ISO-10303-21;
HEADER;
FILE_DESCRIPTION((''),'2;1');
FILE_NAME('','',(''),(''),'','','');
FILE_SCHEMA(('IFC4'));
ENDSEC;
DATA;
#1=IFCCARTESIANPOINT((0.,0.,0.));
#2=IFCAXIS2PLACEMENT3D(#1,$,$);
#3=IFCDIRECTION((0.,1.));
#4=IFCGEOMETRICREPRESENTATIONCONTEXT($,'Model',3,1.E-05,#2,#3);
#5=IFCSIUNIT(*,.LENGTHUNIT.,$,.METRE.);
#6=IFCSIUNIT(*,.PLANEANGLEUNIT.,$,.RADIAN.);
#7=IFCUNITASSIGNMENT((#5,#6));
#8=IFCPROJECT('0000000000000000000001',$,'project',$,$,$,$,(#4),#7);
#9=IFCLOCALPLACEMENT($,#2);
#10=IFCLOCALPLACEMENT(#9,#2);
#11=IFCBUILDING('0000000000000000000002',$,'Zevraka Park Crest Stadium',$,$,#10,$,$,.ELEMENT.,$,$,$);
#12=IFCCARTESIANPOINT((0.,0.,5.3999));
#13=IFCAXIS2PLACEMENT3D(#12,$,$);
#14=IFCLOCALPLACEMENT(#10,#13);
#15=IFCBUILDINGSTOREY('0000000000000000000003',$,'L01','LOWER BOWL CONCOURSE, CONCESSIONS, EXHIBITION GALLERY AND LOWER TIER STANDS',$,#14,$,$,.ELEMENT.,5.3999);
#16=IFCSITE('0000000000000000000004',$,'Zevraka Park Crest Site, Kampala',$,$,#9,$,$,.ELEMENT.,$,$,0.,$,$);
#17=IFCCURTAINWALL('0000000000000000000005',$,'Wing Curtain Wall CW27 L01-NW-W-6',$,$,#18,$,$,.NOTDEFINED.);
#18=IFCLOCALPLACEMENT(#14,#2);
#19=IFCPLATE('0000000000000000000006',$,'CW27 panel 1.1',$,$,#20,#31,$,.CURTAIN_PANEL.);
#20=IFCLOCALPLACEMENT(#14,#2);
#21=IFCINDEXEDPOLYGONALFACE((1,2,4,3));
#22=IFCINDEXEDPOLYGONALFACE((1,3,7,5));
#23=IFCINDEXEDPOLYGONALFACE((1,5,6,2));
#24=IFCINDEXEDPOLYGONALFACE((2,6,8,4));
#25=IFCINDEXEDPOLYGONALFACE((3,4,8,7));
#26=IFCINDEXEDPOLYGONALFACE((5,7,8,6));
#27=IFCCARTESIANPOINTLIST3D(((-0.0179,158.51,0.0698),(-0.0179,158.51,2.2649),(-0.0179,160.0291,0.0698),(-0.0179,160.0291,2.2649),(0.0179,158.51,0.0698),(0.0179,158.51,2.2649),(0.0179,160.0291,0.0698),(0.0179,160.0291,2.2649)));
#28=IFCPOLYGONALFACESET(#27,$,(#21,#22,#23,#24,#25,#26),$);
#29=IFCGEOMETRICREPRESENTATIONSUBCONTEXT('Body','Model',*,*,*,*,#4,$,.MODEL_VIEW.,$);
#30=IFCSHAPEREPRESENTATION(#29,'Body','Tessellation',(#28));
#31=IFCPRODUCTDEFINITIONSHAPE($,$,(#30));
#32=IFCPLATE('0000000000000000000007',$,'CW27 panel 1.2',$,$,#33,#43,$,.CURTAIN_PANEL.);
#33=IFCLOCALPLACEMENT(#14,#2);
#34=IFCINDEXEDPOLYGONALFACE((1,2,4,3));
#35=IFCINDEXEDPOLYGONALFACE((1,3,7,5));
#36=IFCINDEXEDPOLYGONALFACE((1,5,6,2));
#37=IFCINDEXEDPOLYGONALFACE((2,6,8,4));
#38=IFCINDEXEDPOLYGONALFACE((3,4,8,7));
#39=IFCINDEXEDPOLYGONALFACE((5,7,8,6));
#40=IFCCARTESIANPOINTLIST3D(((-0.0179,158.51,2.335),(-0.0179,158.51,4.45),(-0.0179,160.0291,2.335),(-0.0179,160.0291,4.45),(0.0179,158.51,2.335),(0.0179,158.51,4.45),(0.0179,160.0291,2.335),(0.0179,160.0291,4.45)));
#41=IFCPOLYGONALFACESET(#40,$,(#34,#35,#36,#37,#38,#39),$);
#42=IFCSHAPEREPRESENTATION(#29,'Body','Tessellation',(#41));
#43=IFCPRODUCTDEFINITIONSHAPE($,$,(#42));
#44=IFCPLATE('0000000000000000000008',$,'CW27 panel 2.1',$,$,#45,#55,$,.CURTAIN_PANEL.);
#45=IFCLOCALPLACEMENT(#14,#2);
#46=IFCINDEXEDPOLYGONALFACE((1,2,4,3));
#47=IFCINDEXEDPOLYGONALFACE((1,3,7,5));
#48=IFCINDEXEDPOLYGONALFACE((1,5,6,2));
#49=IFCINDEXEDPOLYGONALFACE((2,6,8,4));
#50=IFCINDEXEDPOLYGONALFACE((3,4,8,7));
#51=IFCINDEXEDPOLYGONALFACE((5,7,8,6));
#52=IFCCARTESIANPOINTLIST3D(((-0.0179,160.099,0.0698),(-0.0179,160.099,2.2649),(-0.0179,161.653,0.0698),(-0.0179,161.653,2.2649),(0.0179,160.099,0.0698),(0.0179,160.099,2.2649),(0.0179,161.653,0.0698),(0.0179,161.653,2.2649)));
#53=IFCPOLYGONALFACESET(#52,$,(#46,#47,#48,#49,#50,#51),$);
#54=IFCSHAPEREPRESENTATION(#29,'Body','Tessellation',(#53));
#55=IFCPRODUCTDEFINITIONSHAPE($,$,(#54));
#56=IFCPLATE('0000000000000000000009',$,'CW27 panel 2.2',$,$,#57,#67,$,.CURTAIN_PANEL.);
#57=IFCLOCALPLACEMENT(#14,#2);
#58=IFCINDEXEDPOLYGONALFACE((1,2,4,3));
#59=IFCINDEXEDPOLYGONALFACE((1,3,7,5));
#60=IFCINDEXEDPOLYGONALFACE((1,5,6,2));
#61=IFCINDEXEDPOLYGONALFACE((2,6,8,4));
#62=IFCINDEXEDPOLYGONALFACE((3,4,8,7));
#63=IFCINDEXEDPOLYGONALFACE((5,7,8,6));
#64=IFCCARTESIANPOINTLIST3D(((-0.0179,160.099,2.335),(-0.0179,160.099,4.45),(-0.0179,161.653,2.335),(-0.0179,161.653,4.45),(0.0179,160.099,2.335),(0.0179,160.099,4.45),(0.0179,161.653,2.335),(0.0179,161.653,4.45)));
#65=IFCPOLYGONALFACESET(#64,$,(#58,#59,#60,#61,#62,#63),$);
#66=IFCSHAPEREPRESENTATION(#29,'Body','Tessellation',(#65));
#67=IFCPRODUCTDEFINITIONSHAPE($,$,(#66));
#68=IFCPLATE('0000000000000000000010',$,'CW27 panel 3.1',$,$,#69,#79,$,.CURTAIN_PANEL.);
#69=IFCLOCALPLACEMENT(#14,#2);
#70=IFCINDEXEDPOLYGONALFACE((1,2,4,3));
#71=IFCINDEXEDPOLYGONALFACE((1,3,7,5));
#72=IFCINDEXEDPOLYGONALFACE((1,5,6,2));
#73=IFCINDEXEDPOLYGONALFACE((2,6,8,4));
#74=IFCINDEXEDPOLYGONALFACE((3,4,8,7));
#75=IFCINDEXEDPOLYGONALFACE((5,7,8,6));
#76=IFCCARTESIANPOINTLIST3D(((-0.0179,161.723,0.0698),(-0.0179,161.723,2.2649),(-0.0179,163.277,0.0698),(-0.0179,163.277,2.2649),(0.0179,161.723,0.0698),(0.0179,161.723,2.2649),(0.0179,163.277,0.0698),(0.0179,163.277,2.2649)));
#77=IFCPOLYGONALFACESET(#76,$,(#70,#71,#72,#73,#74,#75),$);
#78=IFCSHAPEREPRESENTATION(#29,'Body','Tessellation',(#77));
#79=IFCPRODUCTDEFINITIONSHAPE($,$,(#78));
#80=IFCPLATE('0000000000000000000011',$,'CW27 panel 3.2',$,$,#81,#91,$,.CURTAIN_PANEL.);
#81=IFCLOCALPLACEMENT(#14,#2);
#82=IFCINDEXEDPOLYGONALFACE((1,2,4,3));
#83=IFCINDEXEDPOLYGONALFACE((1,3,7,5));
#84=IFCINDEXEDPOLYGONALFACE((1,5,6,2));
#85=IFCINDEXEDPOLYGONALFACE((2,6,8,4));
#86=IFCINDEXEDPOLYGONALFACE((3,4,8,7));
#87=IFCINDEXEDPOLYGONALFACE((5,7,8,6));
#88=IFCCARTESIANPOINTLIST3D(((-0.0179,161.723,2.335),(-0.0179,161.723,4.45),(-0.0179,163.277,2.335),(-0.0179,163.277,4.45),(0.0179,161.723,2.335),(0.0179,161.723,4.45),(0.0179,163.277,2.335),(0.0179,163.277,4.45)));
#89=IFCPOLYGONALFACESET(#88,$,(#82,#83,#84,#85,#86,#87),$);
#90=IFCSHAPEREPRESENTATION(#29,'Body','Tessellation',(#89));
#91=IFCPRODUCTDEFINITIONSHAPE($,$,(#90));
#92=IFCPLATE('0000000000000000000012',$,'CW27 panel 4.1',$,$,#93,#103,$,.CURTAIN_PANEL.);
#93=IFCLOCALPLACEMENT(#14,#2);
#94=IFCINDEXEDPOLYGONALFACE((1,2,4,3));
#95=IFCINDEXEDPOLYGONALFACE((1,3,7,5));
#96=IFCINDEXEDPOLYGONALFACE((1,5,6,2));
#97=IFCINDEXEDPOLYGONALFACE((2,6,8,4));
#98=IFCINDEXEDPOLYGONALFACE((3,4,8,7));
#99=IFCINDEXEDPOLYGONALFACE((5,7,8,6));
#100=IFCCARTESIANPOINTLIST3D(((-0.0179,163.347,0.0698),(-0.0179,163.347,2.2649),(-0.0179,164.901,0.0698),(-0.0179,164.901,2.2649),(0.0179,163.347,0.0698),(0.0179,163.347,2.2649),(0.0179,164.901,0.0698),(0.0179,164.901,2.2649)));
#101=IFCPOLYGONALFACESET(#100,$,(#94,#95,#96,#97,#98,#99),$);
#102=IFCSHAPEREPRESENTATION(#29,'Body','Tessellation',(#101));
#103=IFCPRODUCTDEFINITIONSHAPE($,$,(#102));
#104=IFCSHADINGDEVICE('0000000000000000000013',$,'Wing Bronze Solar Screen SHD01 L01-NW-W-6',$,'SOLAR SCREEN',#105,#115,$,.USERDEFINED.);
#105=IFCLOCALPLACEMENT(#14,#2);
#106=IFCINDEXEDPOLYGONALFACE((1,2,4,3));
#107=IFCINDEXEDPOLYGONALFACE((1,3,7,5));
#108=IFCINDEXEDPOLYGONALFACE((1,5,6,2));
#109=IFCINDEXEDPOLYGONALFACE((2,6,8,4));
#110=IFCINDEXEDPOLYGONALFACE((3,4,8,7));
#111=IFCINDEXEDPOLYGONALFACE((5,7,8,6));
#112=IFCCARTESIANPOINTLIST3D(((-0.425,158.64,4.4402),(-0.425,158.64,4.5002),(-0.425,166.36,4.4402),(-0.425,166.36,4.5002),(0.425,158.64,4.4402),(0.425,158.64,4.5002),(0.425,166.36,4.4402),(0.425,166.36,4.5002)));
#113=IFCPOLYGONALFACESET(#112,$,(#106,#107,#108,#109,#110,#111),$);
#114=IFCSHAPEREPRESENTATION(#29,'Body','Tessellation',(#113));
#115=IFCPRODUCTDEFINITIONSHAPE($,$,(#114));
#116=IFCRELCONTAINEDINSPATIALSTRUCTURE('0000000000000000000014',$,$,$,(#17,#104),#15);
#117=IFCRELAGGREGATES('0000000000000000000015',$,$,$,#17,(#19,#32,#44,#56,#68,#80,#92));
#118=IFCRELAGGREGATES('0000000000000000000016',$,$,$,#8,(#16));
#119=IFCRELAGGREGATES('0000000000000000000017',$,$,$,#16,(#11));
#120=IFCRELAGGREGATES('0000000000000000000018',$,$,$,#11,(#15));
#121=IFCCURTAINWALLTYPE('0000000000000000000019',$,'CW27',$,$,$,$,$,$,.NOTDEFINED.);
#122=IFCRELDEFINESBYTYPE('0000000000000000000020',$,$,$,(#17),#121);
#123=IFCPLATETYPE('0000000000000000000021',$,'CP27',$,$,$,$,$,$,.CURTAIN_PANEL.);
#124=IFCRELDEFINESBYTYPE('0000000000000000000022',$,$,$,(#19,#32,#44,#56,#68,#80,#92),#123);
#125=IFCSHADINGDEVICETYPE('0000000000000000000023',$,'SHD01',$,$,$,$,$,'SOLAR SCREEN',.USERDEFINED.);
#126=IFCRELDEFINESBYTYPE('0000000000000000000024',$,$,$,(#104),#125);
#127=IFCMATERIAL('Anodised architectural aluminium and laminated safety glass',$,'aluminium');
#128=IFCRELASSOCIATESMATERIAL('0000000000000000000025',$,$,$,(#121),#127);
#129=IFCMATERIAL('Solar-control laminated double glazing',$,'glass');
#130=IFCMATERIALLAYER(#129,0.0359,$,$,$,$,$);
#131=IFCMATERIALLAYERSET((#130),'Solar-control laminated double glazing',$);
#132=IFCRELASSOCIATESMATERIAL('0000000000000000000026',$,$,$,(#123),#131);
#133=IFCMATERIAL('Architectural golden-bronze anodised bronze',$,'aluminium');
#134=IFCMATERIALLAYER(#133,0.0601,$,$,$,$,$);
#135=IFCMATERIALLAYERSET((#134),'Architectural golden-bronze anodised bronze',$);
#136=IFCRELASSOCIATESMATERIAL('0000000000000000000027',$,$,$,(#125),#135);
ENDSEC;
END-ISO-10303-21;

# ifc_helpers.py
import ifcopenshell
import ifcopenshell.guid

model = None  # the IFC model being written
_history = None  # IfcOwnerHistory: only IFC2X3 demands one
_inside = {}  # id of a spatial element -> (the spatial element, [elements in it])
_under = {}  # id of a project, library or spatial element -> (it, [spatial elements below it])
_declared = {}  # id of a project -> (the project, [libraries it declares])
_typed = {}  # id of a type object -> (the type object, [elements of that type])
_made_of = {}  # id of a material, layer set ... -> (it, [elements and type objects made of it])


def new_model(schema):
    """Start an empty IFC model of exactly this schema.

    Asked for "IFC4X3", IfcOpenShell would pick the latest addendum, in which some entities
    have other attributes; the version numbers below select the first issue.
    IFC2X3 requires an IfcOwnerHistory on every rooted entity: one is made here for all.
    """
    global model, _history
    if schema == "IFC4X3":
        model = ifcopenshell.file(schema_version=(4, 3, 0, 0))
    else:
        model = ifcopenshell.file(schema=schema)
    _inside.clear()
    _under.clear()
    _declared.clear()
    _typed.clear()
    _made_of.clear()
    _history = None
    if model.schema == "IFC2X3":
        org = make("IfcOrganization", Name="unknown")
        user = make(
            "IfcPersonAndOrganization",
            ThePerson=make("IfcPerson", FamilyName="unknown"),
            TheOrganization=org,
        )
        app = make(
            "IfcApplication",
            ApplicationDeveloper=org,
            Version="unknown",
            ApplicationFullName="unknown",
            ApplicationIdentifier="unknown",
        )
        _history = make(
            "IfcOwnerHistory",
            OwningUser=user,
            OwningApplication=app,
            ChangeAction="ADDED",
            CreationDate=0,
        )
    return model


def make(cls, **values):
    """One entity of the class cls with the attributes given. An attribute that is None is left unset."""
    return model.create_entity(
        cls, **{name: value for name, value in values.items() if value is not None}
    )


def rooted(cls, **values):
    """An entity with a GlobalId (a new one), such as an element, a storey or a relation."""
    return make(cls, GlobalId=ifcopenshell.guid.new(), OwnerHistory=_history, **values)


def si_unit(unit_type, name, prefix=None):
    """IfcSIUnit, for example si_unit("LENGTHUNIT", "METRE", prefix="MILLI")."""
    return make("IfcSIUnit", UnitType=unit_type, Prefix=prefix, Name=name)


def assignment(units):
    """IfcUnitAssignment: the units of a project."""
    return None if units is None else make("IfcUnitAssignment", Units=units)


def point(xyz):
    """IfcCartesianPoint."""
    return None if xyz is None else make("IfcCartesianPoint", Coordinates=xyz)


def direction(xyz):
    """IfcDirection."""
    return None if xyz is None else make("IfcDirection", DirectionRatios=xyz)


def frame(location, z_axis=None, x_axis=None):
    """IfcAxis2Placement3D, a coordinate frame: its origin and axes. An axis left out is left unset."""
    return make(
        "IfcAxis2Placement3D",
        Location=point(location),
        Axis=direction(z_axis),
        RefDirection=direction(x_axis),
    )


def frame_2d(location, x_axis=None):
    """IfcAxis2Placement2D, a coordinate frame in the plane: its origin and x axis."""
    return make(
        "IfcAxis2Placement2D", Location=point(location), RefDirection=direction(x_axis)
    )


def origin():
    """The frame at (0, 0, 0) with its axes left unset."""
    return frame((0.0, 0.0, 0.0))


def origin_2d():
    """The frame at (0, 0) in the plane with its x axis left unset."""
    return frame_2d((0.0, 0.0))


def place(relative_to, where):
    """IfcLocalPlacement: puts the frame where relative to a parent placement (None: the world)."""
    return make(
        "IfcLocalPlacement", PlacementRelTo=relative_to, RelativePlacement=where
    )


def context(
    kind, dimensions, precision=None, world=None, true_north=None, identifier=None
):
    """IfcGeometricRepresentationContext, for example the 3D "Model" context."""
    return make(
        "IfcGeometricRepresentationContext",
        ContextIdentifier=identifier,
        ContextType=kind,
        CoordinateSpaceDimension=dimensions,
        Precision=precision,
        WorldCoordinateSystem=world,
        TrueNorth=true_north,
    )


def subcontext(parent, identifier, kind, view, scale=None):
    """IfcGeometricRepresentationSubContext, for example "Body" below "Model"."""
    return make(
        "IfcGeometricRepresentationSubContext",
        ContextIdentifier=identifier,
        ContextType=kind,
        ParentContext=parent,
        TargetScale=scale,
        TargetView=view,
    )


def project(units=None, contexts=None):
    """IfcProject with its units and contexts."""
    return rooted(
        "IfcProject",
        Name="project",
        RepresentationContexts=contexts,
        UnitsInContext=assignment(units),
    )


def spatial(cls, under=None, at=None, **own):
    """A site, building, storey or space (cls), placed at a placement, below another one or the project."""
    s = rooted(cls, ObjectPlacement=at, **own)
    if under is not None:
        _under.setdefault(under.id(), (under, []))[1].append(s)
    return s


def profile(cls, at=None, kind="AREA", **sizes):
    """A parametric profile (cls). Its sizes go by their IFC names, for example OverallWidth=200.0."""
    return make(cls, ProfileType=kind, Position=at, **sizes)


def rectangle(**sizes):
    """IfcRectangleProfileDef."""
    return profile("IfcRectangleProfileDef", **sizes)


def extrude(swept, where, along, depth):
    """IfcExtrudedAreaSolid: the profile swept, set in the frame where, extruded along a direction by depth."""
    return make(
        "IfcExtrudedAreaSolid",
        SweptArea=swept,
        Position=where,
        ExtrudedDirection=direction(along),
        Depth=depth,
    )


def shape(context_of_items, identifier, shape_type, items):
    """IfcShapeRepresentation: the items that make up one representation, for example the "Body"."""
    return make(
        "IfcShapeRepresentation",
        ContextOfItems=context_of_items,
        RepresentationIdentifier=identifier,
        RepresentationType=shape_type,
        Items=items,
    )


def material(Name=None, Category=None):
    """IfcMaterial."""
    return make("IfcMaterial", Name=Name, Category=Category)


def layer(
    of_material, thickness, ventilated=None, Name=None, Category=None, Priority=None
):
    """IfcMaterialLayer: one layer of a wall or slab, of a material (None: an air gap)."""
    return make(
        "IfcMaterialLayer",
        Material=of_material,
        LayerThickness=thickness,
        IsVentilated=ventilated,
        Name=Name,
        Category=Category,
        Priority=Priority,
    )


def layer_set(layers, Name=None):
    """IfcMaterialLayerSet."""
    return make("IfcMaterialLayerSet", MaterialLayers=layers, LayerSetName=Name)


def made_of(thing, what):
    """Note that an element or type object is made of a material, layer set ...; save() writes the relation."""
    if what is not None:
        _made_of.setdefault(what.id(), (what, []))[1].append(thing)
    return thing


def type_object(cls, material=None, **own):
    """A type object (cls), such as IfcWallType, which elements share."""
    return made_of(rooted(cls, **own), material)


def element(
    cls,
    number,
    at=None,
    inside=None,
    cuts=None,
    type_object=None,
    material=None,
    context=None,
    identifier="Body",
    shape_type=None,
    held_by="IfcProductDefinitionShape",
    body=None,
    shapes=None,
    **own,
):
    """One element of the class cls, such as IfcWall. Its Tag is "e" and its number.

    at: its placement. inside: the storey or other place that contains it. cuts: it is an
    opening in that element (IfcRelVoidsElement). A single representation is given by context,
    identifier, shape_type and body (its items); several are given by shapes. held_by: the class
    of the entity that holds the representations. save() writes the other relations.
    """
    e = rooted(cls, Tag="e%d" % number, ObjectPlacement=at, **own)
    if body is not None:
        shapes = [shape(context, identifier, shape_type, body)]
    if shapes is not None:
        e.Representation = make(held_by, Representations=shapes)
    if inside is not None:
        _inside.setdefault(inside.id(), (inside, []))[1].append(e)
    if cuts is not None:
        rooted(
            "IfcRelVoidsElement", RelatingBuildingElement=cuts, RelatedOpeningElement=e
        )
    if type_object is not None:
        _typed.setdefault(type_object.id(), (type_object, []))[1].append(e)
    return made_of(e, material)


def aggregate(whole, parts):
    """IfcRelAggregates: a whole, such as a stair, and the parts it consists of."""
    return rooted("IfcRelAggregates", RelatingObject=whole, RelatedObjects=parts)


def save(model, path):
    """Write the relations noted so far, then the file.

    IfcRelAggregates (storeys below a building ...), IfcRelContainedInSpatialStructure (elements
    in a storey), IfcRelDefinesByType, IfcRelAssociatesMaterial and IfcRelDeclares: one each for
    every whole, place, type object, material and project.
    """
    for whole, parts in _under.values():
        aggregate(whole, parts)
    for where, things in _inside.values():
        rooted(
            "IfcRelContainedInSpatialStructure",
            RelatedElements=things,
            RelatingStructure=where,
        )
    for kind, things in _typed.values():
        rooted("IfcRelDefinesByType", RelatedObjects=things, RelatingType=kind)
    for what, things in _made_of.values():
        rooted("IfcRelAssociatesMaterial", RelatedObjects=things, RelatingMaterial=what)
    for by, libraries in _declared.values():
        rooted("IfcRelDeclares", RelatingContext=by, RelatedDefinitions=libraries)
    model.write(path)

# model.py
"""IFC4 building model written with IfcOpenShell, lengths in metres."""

from ifc_helpers import new_model, si_unit, direction, frame, origin, origin_2d, place, context, subcontext, project, spatial, rectangle, extrude, material, layer, layer_set, type_object, element, aggregate, save


model = new_model("IFC4")

# Units and contexts
model_context = context("Model", 3, precision=1e-05, world=origin(), true_north=direction((0.0, 1.0)))
body_context = subcontext(model_context, "Body", "Model", "MODEL_VIEW")
ifc_project = project(units=[si_unit("LENGTHUNIT", "METRE"), si_unit("PLANEANGLEUNIT", "RADIAN")], contexts=[model_context])

# Site, building, storey
site_placement = place(None, origin())
site = spatial("IfcSite", under=ifc_project, at=site_placement, Name="Zevraka Park Crest Site, Kampala", CompositionType="ELEMENT", RefElevation=0.0)
building_placement = place(site_placement, origin())
building = spatial("IfcBuilding", under=site, at=building_placement, Name="Zevraka Park Crest Stadium", CompositionType="ELEMENT")
storey_placement = place(building_placement, frame((0.0, 0.0, 5.3999)))
storey = spatial("IfcBuildingStorey", under=building, at=storey_placement, Name="L01", Description="LOWER BOWL CONCOURSE, CONCESSIONS, EXHIBITION GALLERY AND LOWER TIER STANDS", CompositionType="ELEMENT", Elevation=5.3999)

# Curtain wall, plates
ifc_material_1 = material(Name="Anodised architectural aluminium and laminated safety glass", Category="aluminium")
curtain_wall_type = type_object("IfcCurtainWallType", Name="CW27", PredefinedType="NOTDEFINED", material=ifc_material_1)
curtain_wall_placement = place(storey_placement, origin())
curtain_wall = element("IfcCurtainWall", 1, at=curtain_wall_placement, inside=storey, type_object=curtain_wall_type, Name="Wing Curtain Wall CW27 L01-NW-W-6", PredefinedType="NOTDEFINED")
ifc_material_2 = material(Name="Solar-control laminated double glazing", Category="glass")
ifc_layer_1 = layer(ifc_material_2, 0.0359)
ifc_layer_set_1 = layer_set([ifc_layer_1], Name="Solar-control laminated double glazing")
plate_type = type_object("IfcPlateType", Name="CP27", PredefinedType="CURTAIN_PANEL", material=ifc_layer_set_1)
plate_1_placement = place(storey_placement, frame((0.0, 159.2695, 0.0698), z_axis=(0.0, 0.0, 1.0), x_axis=(0.0, 1.0, 0.0)))
plate_1 = element("IfcPlate", 2, at=plate_1_placement, type_object=plate_type, Name="CW27 panel 1.1", PredefinedType="CURTAIN_PANEL", context=body_context, shape_type="SweptSolid", body=[
    extrude(rectangle(XDim=1.519, YDim=0.0359, at=origin_2d()), origin(), (0.0, 0.0, 1.0), 2.1951),
])
plate_2_placement = place(storey_placement, frame((0.0, 159.2695, 2.335), z_axis=(0.0, 0.0, 1.0), x_axis=(0.0, 1.0, 0.0)))
plate_2 = element("IfcPlate", 3, at=plate_2_placement, type_object=plate_type, Name="CW27 panel 1.2", PredefinedType="CURTAIN_PANEL", context=body_context, shape_type="SweptSolid", body=[
    extrude(rectangle(XDim=1.519, YDim=0.0359, at=origin_2d()), origin(), (0.0, 0.0, 1.0), 2.115),
])
plate_3_placement = place(storey_placement, frame((0.0, 160.876, 0.0698), z_axis=(0.0, 0.0, 1.0), x_axis=(0.0, 1.0, 0.0)))
plate_3 = element("IfcPlate", 4, at=plate_3_placement, type_object=plate_type, Name="CW27 panel 2.1", PredefinedType="CURTAIN_PANEL", context=body_context, shape_type="SweptSolid", body=[
    extrude(rectangle(XDim=1.554, YDim=0.0359, at=origin_2d()), origin(), (0.0, 0.0, 1.0), 2.1951),
])
plate_4_placement = place(storey_placement, frame((0.0, 160.876, 2.335), z_axis=(0.0, 0.0, 1.0), x_axis=(0.0, 1.0, 0.0)))
plate_4 = element("IfcPlate", 5, at=plate_4_placement, type_object=plate_type, Name="CW27 panel 2.2", PredefinedType="CURTAIN_PANEL", context=body_context, shape_type="SweptSolid", body=[
    extrude(rectangle(XDim=1.554, YDim=0.0359, at=origin_2d()), origin(), (0.0, 0.0, 1.0), 2.115),
])
plate_5_placement = place(storey_placement, frame((0.0, 162.5, 0.0698), z_axis=(0.0, 0.0, 1.0), x_axis=(0.0, 1.0, 0.0)))
plate_5 = element("IfcPlate", 6, at=plate_5_placement, type_object=plate_type, Name="CW27 panel 3.1", PredefinedType="CURTAIN_PANEL", context=body_context, shape_type="SweptSolid", body=[
    extrude(rectangle(XDim=1.554, YDim=0.0359, at=origin_2d()), origin(), (0.0, 0.0, 1.0), 2.1951),
])
plate_6_placement = place(storey_placement, frame((0.0, 162.5, 2.335), z_axis=(0.0, 0.0, 1.0), x_axis=(0.0, 1.0, 0.0)))
plate_6 = element("IfcPlate", 7, at=plate_6_placement, type_object=plate_type, Name="CW27 panel 3.2", PredefinedType="CURTAIN_PANEL", context=body_context, shape_type="SweptSolid", body=[
    extrude(rectangle(XDim=1.554, YDim=0.0359, at=origin_2d()), origin(), (0.0, 0.0, 1.0), 2.115),
])
plate_7_placement = place(storey_placement, frame((0.0, 164.124, 0.0698), z_axis=(0.0, 0.0, 1.0), x_axis=(0.0, 1.0, 0.0)))
plate_7 = element("IfcPlate", 8, at=plate_7_placement, type_object=plate_type, Name="CW27 panel 4.1", PredefinedType="CURTAIN_PANEL", context=body_context, shape_type="SweptSolid", body=[
    extrude(rectangle(XDim=1.554, YDim=0.0359, at=origin_2d()), origin(), (0.0, 0.0, 1.0), 2.1951),
])
aggregate(curtain_wall, [plate_1, plate_2, plate_3, plate_4, plate_5, plate_6, plate_7])

# Shading device
ifc_material_3 = material(Name="Architectural golden-bronze anodised bronze", Category="aluminium")
ifc_layer_2 = layer(ifc_material_3, 0.0601)
ifc_layer_set_2 = layer_set([ifc_layer_2], Name="Architectural golden-bronze anodised bronze")
shading_device_type = type_object("IfcShadingDeviceType", Name="SHD01", ElementType="SOLAR SCREEN", PredefinedType="USERDEFINED", material=ifc_layer_set_2)
shading_device_placement = place(storey_placement, frame((0.0, 162.5, 4.4402), z_axis=(0.0, 0.0, 1.0), x_axis=(0.0, 1.0, 0.0)))
element("IfcShadingDevice", 9, at=shading_device_placement, inside=storey, type_object=shading_device_type, Name="Wing Bronze Solar Screen SHD01 L01-NW-W-6", ObjectType="SOLAR SCREEN", PredefinedType="USERDEFINED", context=body_context, shape_type="SweptSolid", body=[
    extrude(rectangle(XDim=7.72, YDim=0.8501, at=origin_2d()), origin(), (0.0, 0.0, 1.0), 0.0601),
])

save(model, "model.ifc")
